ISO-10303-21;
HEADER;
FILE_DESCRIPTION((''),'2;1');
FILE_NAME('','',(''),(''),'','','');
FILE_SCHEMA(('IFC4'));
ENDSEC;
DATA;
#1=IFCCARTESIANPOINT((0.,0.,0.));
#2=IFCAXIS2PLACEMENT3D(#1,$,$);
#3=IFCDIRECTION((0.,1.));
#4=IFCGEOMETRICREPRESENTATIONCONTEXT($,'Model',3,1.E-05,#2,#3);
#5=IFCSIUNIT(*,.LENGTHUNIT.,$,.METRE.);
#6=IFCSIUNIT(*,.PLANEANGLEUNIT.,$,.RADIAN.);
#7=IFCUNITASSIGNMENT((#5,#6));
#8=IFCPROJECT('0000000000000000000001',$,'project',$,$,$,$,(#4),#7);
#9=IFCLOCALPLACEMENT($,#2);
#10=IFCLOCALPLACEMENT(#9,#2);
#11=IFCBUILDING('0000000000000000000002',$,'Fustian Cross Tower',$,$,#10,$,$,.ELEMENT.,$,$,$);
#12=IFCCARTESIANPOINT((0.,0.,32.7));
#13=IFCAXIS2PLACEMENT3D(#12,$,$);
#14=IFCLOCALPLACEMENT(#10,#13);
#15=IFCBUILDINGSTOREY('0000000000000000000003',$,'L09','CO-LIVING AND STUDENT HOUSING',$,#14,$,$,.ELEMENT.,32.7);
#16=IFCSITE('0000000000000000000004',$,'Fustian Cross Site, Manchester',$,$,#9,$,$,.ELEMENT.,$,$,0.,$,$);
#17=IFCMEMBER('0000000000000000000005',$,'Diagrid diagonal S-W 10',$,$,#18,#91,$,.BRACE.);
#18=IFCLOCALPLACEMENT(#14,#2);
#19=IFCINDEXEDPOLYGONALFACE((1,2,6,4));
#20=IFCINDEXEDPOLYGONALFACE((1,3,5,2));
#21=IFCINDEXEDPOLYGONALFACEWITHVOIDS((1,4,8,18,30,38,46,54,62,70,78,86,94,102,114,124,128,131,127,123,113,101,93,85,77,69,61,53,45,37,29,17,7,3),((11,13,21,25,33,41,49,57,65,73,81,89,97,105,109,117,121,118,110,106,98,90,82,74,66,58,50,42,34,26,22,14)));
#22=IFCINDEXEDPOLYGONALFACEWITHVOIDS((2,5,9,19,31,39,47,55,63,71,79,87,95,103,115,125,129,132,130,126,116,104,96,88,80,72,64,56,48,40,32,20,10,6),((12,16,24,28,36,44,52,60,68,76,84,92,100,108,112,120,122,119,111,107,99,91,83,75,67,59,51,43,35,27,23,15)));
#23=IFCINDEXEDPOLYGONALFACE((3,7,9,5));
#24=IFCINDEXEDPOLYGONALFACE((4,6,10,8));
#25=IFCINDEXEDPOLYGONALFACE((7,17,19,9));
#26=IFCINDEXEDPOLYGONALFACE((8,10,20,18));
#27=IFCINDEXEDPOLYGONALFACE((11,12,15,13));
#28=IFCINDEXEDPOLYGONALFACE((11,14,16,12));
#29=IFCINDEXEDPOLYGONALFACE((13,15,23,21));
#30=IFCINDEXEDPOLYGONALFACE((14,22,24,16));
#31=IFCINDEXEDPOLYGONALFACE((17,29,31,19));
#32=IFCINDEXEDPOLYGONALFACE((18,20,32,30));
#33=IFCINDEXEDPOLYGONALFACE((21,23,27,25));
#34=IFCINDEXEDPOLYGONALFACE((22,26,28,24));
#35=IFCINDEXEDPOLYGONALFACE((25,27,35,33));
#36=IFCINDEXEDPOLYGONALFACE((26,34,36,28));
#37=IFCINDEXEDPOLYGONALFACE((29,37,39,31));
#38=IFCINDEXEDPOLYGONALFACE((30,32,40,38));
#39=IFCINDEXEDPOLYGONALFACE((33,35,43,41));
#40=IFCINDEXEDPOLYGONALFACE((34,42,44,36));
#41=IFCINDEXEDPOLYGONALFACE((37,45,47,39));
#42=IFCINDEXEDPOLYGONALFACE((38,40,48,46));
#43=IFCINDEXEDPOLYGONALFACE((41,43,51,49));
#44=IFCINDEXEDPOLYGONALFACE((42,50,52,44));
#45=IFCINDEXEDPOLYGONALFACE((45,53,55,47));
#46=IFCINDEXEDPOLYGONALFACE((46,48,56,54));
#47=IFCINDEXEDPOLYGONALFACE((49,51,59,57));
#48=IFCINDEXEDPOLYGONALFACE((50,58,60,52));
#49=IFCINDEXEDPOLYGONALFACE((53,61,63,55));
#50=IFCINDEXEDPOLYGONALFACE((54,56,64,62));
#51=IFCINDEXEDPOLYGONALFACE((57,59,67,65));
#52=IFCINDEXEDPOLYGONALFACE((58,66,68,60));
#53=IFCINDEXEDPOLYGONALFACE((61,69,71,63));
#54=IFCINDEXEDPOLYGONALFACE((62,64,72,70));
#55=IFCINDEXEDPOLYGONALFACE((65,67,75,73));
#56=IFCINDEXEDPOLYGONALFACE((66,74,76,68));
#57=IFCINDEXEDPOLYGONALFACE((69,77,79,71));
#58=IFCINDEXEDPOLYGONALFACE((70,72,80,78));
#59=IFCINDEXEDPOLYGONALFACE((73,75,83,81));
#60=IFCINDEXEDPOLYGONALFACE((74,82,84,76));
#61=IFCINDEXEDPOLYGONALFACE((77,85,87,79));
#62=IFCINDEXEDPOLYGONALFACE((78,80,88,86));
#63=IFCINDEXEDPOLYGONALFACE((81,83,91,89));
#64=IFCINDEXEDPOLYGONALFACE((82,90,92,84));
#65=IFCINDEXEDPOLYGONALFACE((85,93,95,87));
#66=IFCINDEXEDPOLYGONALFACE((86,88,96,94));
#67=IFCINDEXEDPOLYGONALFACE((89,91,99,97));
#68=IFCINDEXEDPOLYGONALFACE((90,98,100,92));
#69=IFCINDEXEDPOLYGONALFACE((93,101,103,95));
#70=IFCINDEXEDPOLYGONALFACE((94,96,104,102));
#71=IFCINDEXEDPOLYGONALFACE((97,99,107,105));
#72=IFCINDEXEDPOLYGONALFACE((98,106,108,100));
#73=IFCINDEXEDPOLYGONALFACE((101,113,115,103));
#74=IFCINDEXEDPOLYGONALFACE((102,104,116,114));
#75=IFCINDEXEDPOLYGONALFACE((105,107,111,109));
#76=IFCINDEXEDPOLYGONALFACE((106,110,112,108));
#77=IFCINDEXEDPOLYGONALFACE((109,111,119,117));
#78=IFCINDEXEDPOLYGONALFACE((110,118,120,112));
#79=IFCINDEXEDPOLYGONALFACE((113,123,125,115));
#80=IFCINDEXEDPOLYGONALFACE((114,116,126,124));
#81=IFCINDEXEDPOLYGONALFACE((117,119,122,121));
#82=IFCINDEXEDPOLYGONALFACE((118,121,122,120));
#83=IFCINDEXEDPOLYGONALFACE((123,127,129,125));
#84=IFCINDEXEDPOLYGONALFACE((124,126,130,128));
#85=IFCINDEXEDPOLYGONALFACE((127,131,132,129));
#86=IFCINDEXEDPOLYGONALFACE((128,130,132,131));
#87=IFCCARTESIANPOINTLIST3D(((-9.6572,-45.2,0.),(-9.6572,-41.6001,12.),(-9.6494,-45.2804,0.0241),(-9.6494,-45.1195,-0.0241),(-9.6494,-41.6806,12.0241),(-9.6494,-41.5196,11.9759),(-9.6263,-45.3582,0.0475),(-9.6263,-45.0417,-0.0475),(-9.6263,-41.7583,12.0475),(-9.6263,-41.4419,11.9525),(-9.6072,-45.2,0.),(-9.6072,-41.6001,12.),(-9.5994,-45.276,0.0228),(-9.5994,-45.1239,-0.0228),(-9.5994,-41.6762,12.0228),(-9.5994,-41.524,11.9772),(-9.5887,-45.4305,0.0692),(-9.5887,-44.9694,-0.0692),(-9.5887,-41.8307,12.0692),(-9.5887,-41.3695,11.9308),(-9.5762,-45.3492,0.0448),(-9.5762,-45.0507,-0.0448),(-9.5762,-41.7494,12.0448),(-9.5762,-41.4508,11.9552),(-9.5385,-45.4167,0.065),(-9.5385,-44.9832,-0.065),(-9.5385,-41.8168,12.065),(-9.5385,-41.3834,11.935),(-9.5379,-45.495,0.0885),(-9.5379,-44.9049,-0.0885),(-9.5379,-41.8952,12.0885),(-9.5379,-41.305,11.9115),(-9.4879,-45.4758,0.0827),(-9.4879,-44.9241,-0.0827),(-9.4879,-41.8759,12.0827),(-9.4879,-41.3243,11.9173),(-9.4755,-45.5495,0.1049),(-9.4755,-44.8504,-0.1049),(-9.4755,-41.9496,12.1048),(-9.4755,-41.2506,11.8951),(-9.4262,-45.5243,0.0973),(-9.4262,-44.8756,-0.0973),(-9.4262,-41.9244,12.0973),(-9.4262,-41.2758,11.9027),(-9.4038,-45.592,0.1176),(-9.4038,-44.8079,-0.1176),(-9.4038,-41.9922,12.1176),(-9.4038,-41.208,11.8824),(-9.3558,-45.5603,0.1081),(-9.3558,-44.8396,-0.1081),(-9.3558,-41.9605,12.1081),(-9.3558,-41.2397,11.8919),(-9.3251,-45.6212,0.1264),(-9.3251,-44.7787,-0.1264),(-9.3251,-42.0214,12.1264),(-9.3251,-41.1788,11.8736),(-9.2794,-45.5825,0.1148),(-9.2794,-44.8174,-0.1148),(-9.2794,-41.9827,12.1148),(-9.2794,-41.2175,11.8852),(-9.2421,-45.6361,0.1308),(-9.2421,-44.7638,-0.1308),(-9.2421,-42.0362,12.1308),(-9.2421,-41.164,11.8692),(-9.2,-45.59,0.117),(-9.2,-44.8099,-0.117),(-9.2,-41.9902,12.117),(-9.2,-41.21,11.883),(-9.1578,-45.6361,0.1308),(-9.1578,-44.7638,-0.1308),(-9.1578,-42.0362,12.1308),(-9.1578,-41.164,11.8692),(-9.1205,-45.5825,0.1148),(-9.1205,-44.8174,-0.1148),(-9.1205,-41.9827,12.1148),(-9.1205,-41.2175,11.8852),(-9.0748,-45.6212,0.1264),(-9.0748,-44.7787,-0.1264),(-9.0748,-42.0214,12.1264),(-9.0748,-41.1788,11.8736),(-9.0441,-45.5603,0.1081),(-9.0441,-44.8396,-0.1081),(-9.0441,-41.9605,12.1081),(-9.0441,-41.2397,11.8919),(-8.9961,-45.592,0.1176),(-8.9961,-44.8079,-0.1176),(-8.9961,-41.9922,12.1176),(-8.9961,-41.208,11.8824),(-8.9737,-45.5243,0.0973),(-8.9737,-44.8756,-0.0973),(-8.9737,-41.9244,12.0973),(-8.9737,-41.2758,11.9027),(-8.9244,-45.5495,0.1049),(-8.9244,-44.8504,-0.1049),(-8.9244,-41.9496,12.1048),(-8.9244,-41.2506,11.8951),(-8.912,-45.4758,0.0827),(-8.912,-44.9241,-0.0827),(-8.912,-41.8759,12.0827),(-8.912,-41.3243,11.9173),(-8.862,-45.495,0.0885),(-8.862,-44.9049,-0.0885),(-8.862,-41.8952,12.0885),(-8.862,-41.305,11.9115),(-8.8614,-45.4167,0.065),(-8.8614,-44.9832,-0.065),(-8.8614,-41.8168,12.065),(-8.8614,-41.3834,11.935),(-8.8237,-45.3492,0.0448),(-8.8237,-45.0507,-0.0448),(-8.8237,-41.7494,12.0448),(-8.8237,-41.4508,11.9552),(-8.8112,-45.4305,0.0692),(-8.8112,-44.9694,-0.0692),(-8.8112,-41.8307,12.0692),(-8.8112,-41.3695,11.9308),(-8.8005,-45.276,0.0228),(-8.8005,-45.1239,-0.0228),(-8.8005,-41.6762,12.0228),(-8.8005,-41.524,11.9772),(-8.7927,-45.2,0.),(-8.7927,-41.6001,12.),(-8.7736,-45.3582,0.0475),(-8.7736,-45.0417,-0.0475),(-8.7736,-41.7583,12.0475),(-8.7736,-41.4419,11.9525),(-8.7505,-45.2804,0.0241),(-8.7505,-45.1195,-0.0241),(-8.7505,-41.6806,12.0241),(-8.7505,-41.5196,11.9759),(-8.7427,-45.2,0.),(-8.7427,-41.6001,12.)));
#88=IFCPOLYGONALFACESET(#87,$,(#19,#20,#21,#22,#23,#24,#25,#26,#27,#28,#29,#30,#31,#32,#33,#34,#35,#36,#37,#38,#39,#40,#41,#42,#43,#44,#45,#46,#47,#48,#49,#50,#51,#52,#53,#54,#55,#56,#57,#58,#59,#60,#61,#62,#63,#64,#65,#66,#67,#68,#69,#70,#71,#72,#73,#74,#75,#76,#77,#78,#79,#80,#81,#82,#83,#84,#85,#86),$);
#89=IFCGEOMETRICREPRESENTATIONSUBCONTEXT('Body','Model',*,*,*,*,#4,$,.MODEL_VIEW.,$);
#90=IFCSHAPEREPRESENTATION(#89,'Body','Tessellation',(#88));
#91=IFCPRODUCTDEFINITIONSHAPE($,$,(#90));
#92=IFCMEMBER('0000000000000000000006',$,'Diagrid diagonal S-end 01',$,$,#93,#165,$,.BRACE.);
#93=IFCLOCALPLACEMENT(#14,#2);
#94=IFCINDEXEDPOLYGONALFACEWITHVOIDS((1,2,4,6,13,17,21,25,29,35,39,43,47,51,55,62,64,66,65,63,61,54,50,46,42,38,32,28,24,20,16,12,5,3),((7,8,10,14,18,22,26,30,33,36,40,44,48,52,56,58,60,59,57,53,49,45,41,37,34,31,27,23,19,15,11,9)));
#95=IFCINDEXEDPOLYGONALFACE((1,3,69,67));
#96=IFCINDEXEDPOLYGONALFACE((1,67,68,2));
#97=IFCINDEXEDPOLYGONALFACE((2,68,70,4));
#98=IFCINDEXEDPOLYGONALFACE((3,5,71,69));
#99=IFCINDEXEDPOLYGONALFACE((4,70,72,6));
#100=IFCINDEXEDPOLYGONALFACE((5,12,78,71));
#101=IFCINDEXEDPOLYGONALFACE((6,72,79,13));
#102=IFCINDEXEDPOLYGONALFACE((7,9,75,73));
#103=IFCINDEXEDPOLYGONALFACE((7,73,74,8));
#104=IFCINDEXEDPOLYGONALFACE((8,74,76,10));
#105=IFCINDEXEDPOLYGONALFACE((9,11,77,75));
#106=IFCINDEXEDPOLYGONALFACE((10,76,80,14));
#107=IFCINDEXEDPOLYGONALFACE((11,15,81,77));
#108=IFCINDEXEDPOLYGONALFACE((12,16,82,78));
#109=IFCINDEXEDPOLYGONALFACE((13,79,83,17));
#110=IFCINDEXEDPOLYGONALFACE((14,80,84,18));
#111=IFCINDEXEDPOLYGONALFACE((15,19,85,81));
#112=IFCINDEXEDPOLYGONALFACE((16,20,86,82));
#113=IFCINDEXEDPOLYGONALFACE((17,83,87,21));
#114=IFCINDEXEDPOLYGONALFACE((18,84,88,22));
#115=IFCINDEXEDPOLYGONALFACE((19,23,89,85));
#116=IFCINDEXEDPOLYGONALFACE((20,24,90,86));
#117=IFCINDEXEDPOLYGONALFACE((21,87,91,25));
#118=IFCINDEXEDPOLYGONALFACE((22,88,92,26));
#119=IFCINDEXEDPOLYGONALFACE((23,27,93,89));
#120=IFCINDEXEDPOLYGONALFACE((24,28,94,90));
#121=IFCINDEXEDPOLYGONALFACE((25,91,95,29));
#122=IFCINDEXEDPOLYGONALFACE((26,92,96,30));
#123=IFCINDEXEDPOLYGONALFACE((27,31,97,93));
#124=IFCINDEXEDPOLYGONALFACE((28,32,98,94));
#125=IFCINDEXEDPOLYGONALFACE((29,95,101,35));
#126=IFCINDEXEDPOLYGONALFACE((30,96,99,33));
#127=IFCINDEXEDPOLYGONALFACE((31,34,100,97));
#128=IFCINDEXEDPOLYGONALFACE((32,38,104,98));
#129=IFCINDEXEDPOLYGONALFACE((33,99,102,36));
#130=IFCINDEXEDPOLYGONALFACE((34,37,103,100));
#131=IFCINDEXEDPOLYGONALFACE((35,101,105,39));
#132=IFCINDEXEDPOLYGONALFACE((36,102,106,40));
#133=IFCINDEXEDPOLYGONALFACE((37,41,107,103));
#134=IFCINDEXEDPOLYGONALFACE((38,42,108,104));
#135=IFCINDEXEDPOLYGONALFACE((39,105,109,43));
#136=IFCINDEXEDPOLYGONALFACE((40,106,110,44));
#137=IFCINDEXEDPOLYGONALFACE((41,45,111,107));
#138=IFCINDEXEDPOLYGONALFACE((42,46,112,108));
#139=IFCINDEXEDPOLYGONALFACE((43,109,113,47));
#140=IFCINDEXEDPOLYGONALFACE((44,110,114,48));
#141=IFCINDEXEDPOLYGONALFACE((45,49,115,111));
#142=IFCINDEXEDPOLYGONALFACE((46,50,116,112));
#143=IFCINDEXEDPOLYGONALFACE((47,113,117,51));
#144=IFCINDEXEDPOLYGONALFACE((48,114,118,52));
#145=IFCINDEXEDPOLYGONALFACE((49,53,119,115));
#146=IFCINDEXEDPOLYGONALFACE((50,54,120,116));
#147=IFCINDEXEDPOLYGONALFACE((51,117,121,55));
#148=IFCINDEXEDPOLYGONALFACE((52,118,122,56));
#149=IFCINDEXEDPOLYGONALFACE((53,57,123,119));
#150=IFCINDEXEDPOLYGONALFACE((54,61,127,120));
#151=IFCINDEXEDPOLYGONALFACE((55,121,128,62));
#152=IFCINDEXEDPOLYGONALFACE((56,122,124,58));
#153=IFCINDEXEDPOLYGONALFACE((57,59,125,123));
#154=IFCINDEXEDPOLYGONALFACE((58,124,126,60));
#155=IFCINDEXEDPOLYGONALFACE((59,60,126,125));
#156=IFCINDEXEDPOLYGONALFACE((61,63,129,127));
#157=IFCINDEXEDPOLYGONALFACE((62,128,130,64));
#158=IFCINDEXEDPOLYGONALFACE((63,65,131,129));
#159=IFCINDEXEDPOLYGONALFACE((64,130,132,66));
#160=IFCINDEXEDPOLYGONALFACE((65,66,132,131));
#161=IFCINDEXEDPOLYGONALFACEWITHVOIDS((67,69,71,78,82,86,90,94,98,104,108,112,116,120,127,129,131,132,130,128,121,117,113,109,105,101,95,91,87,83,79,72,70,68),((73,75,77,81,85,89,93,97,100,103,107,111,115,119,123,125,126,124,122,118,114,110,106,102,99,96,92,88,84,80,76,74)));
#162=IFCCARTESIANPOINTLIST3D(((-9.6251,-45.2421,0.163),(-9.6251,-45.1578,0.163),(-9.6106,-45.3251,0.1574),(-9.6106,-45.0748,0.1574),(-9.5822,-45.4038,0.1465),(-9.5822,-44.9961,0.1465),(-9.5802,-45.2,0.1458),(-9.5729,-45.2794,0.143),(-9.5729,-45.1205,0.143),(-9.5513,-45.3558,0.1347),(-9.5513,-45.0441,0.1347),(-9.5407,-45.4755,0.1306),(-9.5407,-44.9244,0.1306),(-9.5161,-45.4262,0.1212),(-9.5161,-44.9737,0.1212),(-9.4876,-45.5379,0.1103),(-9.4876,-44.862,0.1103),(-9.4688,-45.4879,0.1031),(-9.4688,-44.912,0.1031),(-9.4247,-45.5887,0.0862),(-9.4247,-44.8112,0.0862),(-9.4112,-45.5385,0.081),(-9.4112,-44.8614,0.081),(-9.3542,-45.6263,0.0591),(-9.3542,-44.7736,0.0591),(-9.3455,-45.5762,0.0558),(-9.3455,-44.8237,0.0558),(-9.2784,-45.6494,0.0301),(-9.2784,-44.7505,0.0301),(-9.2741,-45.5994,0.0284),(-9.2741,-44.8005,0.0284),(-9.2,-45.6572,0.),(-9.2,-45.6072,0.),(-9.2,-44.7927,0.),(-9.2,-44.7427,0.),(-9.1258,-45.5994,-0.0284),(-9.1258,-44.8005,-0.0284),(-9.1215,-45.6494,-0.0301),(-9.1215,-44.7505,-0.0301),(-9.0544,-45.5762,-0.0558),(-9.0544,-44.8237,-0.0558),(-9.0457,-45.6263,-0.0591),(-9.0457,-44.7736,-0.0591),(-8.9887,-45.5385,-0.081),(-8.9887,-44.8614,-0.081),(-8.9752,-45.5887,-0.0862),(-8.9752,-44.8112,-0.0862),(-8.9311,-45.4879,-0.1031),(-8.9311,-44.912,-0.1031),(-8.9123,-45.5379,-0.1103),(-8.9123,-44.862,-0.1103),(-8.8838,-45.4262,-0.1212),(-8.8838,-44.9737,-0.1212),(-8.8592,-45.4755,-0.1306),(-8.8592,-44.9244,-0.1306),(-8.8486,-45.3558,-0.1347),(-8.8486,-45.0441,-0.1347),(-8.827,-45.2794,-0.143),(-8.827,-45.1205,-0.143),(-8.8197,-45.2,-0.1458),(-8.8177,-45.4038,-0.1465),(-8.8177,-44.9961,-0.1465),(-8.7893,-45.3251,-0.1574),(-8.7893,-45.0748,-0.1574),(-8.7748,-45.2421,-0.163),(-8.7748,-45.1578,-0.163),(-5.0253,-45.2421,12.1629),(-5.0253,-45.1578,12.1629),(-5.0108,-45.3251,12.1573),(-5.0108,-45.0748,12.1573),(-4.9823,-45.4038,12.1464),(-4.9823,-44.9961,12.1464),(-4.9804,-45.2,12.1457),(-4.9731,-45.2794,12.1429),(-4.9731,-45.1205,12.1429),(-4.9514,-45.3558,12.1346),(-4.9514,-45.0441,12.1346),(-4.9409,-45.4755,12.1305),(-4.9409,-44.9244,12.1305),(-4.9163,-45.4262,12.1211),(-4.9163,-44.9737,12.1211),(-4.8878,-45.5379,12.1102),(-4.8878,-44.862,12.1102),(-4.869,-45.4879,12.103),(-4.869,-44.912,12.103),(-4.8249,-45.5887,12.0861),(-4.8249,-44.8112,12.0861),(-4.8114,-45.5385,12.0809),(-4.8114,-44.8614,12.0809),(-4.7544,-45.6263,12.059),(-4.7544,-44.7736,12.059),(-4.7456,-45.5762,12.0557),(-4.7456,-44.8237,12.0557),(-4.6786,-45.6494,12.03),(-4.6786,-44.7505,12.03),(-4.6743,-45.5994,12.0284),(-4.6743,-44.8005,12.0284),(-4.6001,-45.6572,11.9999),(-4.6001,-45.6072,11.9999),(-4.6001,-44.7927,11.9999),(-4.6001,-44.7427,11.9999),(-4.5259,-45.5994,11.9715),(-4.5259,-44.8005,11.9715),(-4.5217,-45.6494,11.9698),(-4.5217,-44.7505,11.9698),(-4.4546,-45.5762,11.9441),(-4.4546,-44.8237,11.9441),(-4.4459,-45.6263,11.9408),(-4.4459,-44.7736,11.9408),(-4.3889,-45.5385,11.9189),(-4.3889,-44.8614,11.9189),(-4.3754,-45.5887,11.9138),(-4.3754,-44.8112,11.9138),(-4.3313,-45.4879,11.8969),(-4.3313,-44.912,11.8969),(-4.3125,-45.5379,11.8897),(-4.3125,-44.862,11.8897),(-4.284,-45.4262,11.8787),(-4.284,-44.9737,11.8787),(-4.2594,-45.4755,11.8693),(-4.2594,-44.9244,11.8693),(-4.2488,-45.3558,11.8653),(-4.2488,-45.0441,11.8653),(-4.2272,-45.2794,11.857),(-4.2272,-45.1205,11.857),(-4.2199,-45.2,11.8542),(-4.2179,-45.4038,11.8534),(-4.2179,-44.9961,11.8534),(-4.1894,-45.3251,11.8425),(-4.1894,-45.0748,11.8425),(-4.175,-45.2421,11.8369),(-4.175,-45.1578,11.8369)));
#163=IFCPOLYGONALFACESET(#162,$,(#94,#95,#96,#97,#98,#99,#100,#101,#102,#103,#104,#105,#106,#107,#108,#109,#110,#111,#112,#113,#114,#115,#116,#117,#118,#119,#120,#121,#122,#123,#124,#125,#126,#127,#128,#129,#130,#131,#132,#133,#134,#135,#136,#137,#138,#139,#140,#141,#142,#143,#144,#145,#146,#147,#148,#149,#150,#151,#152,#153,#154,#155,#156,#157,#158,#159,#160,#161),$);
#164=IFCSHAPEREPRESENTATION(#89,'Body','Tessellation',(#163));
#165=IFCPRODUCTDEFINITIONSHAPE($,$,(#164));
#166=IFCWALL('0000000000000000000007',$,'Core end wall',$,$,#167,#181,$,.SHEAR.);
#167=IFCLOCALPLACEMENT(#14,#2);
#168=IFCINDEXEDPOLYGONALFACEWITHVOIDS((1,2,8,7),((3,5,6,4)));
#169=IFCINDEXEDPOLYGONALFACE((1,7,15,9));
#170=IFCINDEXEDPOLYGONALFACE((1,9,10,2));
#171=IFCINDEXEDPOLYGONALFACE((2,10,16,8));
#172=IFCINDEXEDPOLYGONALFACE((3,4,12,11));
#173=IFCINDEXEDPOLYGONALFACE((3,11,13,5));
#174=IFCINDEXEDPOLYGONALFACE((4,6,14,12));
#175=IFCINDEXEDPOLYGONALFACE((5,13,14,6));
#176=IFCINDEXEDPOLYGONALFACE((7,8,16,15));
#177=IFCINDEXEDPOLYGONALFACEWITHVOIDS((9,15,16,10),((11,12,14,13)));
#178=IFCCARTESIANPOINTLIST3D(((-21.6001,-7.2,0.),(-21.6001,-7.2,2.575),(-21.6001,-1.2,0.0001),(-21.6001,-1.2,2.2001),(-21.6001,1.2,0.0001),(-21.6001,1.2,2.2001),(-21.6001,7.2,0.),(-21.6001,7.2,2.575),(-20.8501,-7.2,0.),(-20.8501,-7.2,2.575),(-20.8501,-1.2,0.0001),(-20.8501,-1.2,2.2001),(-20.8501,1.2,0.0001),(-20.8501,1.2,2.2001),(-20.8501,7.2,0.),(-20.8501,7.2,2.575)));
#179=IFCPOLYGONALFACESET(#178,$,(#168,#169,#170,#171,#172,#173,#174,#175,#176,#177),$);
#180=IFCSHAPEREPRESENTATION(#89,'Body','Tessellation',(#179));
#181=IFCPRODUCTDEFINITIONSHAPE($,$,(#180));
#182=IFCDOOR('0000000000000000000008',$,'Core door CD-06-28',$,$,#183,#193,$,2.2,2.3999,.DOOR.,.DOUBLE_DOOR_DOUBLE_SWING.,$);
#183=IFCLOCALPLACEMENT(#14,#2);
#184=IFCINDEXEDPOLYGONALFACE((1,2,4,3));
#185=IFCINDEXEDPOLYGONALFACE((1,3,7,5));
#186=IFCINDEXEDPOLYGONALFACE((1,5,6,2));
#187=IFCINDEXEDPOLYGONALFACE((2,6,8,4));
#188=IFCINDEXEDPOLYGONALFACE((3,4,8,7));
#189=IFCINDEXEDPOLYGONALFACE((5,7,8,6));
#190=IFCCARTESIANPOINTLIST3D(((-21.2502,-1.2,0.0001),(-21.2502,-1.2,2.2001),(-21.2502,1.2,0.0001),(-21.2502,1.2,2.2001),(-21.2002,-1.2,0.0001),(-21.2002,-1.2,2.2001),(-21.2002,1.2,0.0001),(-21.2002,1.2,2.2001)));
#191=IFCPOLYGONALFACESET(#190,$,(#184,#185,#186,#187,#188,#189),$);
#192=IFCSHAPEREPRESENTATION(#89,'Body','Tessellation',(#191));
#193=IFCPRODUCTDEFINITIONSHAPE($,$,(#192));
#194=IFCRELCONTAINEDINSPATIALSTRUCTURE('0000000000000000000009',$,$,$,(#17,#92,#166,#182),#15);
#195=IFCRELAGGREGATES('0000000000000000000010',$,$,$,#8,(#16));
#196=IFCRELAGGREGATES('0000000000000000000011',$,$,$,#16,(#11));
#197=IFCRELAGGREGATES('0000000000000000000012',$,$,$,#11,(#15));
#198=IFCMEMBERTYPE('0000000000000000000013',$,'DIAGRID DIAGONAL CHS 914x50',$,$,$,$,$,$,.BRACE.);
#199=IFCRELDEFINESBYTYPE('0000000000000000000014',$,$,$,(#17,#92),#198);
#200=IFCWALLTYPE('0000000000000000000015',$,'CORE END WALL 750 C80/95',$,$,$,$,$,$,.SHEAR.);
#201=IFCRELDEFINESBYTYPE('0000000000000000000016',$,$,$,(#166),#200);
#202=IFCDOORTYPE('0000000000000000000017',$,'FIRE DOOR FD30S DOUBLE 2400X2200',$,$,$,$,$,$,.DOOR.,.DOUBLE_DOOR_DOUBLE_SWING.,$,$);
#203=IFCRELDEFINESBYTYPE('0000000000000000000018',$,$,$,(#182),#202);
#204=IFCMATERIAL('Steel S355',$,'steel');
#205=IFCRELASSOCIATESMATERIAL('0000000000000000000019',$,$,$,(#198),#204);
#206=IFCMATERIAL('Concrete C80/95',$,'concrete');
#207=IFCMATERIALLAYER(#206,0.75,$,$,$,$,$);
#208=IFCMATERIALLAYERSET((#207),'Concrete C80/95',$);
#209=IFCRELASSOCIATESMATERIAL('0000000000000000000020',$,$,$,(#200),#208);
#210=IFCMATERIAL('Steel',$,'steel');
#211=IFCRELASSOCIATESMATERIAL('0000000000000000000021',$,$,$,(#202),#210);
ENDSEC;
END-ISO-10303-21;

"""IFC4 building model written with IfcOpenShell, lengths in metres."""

from ifc_helpers import new_model, si_unit, direction, frame, frame_2d, origin, origin_2d, place, context, subcontext, project, spatial, rectangle, hollow_circle, extrude, material, layer, layer_set, material_profile, profile_set, type_object, element, fill, save


model = new_model("IFC4")

# Units and contexts
model_context = context("Model", 3, precision=1e-05, world=origin(), true_north=direction((0.0, 1.0)))
body_context = subcontext(model_context, "Body", "Model", "MODEL_VIEW")
ifc_project = project(units=[si_unit("LENGTHUNIT", "METRE"), si_unit("PLANEANGLEUNIT", "RADIAN")], contexts=[model_context])

# Site, building, storey
site_placement = place(None, origin())
site = spatial("IfcSite", under=ifc_project, at=site_placement, Name="Fustian Cross Site, Manchester", CompositionType="ELEMENT", RefElevation=0.0)
building_placement = place(site_placement, origin())
building = spatial("IfcBuilding", under=site, at=building_placement, Name="Fustian Cross Tower", CompositionType="ELEMENT")
storey_placement = place(building_placement, frame((0.0, 0.0, 32.7)))
storey = spatial("IfcBuildingStorey", under=building, at=storey_placement, Name="L09", Description="CO-LIVING AND STUDENT HOUSING", CompositionType="ELEMENT", Elevation=32.7)

# Members
ifc_material_1 = material(Name="Steel S355", Category="steel")
ifc_material_profile_1 = material_profile(ifc_material_1, hollow_circle(Radius=0.4573, WallThickness=0.05, at=origin_2d()), Name="CHS 914x50")
ifc_profile_set_1 = profile_set([ifc_material_profile_1], Name="Steel S355")
member_type_1 = type_object("IfcMemberType", Name="DIAGRID DIAGONAL CHS 914x50", PredefinedType="BRACE", material=ifc_profile_set_1)
for number, where, z_axis, x_axis, name in (
    (1, (-9.2, -45.2, 0.0), (0.0, 0.287337, 0.95783), (-1.0, 0.0, 0.0), "Diagrid diagonal S-W 10"),
):
    element("IfcMember", number, at=place(storey_placement, frame(where, z_axis=z_axis, x_axis=x_axis)), inside=storey, type_object=member_type_1, Name=name, PredefinedType="BRACE", context=body_context, shape_type="SweptSolid", body=[
        extrude(hollow_circle(Radius=0.4573, WallThickness=0.05, at=origin_2d()), origin(), (0.0, 0.0, 1.0), 12.5283),
    ])
member_1_placement = place(storey_placement, frame((-9.2, -45.2, 0.0), z_axis=(0.357926, 0.0, 0.93375), x_axis=(0.0, 1.0, 0.0)))
element("IfcMember", 2, at=member_1_placement, inside=storey, type_object=member_type_1, Name="Diagrid diagonal S-end 01", PredefinedType="BRACE", context=body_context, shape_type="SweptSolid", body=[
    extrude(hollow_circle(Radius=0.4573, WallThickness=0.05, at=origin_2d()), origin(), (0.0, 0.0, 1.0), 12.8513),
])

# Wall, opening, door
ifc_material_2 = material(Name="Concrete C80/95", Category="concrete")
ifc_layer = layer(ifc_material_2, 0.75)
ifc_layer_set = layer_set([ifc_layer], Name="Concrete C80/95")
wall_type = type_object("IfcWallType", Name="CORE END WALL 750 C80/95", PredefinedType="SHEAR", material=ifc_layer_set)
wall_placement = place(storey_placement, frame((-21.2251, -7.2, 0.0), z_axis=(0.0, 0.0, 1.0), x_axis=(0.0, 1.0, 0.0)))
wall = element("IfcWall", 3, at=wall_placement, inside=storey, type_object=wall_type, Name="Core end wall", PredefinedType="SHEAR", context=body_context, shape_type="SweptSolid", body=[
    extrude(rectangle(XDim=14.3999, YDim=0.75, at=frame_2d((7.2, 0.0))), origin(), (0.0, 0.0, 1.0), 2.575),
])
opening_placement = place(wall_placement, frame((6.0, 0.0, 0.0)))
opening = element("IfcOpeningElement", 4, at=opening_placement, cuts=wall, PredefinedType="OPENING", context=body_context, shape_type="SweptSolid", body=[
    extrude(rectangle(XDim=2.3999, YDim=2.2, at=frame_2d((1.2, 1.1001))), frame((0.0, 0.385, 0.0), z_axis=(0.0, -1.0, 0.0), x_axis=(1.0, 0.0, 0.0)), (0.0, 0.0, 1.0), 0.77),
])
ifc_material_3 = material(Name="Steel", Category="steel")
door_type = type_object("IfcDoorType", Name="FIRE DOOR FD30S DOUBLE 2400X2200", OperationType="DOUBLE_DOOR_DOUBLE_SWING", PredefinedType="DOOR", material=ifc_material_3)
door_placement = place(opening_placement, frame((2.3999, 0.0, 0.0), z_axis=(0.0, 0.0, 1.0), x_axis=(-1.0, 0.0, 0.0)))
door = element("IfcDoor", 5, at=door_placement, inside=storey, type_object=door_type, Name="Core door CD-06-28", OperationType="DOUBLE_DOOR_DOUBLE_SWING", OverallHeight=2.2, OverallWidth=2.3999, PredefinedType="DOOR", context=body_context, shape_type="SweptSolid", body=[
    extrude(rectangle(XDim=2.3999, YDim=2.2, at=frame_2d((1.2, 1.1001))), frame((0.0, 0.0249, 0.0), z_axis=(0.0, -1.0, 0.0), x_axis=(1.0, 0.0, 0.0)), (0.0, 0.0, 1.0), 0.05),
])
fill(opening, door)

save(model, "model.ifc")
